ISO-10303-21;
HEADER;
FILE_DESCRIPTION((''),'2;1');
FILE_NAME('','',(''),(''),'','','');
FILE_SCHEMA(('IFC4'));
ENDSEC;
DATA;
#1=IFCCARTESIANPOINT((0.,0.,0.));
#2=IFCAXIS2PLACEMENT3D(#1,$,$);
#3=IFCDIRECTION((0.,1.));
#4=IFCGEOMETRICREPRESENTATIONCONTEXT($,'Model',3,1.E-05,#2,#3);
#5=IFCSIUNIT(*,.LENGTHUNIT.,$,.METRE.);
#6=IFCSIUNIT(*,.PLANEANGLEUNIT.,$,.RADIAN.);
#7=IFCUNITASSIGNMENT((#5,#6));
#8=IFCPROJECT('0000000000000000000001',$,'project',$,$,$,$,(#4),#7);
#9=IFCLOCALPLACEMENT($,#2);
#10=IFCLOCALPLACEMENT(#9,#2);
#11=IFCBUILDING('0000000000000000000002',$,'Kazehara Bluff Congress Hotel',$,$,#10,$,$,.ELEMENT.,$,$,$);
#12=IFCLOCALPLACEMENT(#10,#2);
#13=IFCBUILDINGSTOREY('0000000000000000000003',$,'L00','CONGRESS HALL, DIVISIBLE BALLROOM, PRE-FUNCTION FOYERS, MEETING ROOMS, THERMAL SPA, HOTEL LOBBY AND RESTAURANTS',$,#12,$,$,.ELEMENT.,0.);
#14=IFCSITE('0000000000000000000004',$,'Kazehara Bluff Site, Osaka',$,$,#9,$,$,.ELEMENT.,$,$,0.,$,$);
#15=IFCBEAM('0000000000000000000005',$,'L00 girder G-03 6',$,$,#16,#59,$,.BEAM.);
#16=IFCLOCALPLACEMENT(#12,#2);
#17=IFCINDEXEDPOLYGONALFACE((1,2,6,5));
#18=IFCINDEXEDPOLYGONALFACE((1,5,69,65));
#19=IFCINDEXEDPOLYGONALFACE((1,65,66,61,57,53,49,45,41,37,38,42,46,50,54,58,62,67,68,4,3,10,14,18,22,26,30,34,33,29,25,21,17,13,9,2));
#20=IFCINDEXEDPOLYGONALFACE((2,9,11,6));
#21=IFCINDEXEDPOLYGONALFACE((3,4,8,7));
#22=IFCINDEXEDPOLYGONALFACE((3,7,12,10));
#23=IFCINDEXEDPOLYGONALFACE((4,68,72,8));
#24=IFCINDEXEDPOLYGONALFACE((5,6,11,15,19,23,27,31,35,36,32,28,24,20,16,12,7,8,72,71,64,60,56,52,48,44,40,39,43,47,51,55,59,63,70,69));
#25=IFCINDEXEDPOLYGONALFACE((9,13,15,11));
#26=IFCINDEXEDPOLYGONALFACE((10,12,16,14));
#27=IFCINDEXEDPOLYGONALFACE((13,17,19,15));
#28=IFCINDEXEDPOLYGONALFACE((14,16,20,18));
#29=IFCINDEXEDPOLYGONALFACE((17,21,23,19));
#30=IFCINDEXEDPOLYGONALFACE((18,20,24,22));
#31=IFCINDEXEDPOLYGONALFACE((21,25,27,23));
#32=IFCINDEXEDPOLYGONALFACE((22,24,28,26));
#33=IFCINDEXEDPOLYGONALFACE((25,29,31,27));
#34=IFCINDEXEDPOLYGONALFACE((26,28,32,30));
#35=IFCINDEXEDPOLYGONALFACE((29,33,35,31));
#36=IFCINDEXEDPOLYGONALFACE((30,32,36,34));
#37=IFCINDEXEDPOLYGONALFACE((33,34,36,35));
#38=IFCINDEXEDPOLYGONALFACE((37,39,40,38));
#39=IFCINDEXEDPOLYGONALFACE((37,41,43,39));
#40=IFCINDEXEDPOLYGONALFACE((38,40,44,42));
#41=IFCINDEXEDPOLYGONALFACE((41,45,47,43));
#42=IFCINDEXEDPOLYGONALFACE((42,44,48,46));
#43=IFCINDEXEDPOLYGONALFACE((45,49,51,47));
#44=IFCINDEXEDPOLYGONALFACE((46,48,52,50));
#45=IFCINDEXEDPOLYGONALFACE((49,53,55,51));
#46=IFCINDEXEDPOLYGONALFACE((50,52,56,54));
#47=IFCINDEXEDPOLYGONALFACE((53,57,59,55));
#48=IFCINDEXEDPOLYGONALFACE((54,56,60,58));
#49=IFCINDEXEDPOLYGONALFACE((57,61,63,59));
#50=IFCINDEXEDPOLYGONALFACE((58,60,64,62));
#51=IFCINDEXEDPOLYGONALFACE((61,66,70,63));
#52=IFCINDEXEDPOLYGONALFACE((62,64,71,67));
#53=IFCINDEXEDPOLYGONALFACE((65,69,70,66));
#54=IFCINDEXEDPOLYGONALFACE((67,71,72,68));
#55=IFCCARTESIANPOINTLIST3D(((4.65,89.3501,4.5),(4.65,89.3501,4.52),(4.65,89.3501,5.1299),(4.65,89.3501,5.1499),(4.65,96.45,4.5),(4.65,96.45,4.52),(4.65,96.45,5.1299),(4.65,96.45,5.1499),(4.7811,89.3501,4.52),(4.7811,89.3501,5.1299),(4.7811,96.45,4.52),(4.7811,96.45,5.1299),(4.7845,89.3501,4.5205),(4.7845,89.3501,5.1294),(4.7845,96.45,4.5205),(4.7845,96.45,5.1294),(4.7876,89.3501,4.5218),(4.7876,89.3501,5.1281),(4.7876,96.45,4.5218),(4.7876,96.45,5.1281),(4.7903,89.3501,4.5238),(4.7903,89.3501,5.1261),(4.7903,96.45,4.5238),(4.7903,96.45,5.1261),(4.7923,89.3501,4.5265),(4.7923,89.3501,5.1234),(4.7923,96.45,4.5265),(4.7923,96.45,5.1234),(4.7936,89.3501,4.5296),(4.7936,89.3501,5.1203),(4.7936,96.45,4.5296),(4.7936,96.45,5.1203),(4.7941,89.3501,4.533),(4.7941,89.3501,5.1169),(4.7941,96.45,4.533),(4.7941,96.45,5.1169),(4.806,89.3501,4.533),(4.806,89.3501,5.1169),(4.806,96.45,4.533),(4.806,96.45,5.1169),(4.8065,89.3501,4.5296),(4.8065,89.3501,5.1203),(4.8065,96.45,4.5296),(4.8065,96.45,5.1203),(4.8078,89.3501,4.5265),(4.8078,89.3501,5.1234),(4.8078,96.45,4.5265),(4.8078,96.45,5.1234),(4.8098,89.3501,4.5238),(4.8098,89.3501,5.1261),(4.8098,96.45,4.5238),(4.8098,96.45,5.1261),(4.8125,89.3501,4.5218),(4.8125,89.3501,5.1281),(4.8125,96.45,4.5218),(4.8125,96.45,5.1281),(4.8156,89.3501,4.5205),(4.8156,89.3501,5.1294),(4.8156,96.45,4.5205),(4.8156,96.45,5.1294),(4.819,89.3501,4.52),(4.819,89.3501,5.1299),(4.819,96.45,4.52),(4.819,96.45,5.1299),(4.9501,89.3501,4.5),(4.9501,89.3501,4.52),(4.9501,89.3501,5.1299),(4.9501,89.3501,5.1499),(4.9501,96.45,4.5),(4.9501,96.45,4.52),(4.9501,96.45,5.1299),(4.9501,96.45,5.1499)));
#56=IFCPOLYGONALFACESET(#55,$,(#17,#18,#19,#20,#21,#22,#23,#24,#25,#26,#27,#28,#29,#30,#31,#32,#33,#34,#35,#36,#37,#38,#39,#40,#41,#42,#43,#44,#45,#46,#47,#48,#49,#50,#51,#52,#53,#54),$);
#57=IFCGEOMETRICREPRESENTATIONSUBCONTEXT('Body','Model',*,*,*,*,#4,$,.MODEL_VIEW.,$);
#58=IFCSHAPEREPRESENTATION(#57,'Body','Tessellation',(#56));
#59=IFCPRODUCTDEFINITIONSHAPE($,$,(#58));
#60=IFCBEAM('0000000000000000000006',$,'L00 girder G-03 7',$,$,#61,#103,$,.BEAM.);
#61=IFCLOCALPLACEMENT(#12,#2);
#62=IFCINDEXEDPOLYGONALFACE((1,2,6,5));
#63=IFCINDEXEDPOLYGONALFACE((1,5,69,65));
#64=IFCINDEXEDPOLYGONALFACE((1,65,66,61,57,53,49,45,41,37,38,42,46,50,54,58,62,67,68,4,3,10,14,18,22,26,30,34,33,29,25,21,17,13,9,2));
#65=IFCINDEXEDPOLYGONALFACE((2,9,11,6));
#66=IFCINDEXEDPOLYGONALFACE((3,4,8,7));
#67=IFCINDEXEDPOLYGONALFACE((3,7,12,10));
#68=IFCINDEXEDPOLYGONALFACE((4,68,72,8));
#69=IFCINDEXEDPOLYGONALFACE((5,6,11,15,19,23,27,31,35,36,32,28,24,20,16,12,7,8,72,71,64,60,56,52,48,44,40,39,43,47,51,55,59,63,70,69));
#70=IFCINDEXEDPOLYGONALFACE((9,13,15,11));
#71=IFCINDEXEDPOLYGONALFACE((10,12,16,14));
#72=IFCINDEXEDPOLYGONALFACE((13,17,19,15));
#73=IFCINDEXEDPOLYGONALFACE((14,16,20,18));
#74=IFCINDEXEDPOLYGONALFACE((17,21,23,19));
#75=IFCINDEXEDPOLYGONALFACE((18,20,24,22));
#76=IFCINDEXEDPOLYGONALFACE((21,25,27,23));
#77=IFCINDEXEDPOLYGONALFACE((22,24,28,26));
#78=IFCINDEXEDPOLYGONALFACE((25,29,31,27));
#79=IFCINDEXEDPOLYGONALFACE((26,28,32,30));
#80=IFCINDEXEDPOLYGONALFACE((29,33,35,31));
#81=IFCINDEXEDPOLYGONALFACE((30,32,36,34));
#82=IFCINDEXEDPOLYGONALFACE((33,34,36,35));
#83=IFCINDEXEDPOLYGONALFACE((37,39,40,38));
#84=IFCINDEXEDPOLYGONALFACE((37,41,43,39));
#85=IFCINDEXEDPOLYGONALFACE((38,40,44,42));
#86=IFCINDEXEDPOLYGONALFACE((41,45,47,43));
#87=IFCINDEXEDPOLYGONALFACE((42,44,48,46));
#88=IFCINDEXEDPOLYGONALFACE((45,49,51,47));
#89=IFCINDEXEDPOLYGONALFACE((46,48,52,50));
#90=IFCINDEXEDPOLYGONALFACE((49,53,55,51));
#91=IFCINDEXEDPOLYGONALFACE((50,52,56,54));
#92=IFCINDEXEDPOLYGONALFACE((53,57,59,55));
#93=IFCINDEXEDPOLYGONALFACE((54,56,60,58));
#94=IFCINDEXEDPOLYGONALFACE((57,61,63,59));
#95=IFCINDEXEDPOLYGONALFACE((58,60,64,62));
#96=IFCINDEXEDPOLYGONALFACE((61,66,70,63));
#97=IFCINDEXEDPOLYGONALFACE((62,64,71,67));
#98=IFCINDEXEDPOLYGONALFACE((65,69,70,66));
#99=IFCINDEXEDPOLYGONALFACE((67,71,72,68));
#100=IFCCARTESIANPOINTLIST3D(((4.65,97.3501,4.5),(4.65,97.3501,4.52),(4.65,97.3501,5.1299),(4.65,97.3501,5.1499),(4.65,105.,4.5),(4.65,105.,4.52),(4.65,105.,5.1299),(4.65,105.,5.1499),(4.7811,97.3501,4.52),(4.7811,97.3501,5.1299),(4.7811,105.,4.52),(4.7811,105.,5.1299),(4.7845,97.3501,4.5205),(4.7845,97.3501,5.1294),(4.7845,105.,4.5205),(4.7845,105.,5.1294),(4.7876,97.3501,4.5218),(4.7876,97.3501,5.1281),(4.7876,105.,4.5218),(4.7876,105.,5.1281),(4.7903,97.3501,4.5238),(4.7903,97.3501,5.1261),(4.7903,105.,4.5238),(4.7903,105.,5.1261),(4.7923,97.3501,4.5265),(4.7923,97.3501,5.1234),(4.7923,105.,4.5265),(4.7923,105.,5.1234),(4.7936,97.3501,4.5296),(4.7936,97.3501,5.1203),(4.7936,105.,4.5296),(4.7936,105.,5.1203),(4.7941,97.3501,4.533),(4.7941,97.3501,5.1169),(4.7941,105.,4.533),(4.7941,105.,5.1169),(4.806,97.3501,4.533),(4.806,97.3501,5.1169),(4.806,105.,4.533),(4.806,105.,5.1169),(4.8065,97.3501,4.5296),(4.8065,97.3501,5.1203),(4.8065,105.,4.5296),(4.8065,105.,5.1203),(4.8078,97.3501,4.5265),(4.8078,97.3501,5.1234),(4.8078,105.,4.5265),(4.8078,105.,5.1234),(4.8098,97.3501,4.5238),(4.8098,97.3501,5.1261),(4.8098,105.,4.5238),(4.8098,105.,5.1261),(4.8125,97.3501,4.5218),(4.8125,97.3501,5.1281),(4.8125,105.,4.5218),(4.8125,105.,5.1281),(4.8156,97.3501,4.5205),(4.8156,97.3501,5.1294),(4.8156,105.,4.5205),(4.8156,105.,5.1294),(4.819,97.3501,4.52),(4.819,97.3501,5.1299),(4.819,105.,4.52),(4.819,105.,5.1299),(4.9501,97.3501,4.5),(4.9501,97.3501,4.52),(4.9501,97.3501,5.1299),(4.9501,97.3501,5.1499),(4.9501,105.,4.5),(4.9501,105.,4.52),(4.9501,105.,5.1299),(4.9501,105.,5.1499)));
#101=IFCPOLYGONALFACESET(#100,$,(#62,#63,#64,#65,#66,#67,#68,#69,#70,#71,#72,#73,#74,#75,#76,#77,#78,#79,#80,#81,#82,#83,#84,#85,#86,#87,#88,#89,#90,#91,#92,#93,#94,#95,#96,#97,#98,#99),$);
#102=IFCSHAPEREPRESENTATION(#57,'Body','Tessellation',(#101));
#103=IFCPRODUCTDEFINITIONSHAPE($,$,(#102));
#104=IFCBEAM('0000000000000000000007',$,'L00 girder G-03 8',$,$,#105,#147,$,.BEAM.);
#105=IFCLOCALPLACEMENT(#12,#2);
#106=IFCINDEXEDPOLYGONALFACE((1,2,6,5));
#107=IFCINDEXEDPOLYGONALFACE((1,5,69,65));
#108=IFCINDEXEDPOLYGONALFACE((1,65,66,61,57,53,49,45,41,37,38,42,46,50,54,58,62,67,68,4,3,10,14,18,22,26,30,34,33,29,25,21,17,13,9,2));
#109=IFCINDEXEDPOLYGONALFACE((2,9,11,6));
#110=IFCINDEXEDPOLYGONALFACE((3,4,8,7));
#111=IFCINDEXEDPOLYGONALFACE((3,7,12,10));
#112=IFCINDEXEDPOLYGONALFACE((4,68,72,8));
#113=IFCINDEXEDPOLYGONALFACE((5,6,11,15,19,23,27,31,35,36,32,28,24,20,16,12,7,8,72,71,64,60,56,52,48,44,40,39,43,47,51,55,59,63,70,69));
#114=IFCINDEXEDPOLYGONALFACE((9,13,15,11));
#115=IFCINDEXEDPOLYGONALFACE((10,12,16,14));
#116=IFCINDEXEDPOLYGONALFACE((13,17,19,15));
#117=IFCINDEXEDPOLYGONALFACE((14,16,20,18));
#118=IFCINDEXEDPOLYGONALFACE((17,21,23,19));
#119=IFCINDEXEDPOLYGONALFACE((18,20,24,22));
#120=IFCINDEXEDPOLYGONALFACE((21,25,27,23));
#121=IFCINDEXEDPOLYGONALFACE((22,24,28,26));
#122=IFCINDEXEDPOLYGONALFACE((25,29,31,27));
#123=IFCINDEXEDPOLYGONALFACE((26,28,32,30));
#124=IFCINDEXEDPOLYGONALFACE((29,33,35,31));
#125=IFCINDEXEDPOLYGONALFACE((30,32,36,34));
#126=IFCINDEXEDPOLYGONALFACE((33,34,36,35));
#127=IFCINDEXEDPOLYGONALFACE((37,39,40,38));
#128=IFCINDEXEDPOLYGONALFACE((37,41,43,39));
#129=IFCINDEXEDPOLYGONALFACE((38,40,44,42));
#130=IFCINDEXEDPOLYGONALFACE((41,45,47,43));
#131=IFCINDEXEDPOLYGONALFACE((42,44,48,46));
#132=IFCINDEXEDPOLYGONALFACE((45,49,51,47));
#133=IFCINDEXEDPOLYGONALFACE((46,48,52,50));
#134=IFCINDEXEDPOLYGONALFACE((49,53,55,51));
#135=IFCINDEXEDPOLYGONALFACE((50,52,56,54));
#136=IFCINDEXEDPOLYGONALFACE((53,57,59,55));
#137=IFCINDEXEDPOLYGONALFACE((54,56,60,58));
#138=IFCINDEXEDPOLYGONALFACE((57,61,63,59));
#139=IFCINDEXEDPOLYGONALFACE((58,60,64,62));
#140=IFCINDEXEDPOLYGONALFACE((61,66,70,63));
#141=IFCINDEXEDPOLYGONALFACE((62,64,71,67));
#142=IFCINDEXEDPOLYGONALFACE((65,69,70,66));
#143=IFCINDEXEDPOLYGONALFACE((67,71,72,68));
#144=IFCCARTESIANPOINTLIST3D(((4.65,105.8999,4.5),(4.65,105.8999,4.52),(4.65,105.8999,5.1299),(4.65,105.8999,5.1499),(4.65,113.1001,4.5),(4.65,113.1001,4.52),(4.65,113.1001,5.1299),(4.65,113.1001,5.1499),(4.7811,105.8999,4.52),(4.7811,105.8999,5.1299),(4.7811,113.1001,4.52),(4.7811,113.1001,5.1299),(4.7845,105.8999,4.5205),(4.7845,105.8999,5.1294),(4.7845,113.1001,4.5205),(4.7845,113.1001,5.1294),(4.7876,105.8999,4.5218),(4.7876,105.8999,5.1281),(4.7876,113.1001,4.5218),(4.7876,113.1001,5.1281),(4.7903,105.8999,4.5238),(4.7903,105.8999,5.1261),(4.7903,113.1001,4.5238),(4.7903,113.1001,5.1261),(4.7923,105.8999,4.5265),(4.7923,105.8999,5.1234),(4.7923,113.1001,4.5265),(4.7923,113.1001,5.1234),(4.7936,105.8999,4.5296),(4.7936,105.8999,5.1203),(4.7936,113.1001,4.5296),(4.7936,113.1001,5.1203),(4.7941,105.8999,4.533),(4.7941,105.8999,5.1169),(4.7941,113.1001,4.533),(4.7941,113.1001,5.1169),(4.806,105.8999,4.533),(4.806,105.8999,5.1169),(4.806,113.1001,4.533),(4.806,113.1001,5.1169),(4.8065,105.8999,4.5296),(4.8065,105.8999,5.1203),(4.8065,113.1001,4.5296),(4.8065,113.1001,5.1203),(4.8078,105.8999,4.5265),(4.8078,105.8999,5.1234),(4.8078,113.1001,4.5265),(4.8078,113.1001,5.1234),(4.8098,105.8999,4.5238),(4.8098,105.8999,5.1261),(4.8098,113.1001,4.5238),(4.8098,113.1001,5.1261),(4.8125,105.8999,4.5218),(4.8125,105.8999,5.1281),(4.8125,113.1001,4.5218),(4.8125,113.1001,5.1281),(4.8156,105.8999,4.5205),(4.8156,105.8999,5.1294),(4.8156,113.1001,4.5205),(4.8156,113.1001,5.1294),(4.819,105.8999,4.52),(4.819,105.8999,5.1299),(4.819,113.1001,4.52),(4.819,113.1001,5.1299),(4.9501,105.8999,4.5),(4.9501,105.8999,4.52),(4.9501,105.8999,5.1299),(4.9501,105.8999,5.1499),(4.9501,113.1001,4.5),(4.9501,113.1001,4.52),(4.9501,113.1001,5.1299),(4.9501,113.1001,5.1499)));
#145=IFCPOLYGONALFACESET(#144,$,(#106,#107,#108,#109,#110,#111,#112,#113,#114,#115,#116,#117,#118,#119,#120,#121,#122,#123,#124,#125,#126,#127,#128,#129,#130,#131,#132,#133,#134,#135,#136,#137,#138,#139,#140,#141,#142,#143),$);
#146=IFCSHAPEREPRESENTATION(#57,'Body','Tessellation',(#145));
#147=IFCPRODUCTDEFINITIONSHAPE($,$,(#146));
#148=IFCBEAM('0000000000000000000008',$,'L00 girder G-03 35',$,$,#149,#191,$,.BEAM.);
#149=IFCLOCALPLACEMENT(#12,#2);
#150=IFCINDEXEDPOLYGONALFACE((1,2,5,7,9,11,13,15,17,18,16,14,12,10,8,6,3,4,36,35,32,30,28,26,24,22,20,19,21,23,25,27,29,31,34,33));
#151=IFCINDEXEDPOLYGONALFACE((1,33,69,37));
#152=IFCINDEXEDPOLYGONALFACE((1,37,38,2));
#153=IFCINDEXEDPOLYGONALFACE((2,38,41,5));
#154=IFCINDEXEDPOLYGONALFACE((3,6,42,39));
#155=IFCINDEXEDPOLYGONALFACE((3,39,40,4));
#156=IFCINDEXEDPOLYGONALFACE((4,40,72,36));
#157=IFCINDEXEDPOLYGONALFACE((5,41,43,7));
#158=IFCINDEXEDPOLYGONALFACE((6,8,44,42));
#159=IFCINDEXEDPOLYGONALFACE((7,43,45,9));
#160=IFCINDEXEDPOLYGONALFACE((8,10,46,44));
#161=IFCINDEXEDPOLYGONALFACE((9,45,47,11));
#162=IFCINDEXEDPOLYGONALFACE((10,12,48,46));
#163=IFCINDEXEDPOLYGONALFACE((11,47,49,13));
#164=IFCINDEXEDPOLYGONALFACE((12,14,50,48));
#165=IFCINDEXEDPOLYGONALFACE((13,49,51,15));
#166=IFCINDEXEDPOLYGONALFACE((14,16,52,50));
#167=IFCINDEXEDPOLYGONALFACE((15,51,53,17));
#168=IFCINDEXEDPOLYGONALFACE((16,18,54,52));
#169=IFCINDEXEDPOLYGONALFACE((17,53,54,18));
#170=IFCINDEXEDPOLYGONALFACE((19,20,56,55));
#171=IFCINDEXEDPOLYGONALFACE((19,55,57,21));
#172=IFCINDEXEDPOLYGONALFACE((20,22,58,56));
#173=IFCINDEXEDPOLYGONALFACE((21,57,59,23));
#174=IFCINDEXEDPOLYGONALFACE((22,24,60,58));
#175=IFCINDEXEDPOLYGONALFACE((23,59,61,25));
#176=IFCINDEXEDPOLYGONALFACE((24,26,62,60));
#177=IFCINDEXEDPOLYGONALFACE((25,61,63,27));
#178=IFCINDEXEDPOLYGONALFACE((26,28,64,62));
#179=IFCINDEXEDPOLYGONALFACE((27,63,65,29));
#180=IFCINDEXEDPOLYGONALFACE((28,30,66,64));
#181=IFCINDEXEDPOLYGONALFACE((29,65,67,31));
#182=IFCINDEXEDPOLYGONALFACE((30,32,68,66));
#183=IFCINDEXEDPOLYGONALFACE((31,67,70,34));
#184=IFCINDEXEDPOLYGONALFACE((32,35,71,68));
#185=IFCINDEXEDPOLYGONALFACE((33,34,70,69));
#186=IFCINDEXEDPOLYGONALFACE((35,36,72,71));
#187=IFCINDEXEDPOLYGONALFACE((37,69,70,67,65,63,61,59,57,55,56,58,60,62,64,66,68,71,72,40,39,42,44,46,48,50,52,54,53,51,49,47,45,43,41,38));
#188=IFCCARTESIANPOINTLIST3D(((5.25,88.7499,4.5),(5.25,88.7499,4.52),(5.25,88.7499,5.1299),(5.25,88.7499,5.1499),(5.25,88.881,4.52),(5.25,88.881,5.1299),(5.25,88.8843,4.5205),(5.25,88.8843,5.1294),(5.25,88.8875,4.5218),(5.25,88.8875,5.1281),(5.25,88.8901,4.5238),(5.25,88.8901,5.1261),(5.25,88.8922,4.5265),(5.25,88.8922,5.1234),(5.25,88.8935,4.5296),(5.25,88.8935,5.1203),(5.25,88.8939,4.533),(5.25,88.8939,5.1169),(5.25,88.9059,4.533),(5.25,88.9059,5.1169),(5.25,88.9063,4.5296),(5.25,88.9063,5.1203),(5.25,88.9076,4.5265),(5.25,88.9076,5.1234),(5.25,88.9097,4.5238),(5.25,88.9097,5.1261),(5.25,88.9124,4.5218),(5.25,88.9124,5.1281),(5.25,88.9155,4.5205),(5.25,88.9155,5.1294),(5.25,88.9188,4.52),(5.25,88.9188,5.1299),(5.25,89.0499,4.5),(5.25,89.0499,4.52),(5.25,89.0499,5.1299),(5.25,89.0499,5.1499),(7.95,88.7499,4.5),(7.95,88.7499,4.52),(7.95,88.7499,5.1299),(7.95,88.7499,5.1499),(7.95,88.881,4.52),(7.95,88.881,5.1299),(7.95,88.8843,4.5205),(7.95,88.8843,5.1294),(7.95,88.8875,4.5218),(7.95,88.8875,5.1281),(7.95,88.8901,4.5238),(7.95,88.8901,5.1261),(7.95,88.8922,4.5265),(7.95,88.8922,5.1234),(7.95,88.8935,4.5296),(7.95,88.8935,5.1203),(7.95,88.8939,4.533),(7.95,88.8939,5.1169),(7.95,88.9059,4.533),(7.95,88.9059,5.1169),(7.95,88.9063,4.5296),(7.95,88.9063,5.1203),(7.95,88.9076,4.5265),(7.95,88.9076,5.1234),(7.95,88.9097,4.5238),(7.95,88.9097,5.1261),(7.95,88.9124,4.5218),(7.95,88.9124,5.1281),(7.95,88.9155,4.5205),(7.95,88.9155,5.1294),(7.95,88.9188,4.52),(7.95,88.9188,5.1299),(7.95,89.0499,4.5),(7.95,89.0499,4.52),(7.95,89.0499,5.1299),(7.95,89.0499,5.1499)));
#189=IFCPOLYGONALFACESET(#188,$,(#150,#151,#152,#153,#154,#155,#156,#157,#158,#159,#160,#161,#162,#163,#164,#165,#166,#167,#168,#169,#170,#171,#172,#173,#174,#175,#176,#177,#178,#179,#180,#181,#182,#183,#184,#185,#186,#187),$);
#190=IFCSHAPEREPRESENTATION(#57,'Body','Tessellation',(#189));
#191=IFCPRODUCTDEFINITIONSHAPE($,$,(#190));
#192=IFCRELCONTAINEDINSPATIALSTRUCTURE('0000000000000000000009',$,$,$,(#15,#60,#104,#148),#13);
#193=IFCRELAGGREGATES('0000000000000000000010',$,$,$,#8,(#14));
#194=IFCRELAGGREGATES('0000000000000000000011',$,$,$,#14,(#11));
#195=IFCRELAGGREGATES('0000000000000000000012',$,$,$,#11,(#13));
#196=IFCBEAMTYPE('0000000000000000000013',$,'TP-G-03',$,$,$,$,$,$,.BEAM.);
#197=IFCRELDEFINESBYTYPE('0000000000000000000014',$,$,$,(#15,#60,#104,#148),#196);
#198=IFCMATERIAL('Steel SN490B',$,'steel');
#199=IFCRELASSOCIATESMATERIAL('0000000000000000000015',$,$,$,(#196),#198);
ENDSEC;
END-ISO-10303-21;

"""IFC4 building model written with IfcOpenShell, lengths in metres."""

from ifc_helpers import new_model, si_unit, direction, frame, origin, origin_2d, place, context, subcontext, project, spatial, i_section, extrude, material, material_profile, profile_set, type_object, element, save


model = new_model("IFC4")

# Units and contexts
model_context = context("Model", 3, precision=1e-05, world=origin(), true_north=direction((0.0, 1.0)))
body_context = subcontext(model_context, "Body", "Model", "MODEL_VIEW")
ifc_project = project(units=[si_unit("LENGTHUNIT", "METRE"), si_unit("PLANEANGLEUNIT", "RADIAN")], contexts=[model_context])

# Site, building, storey
site_placement = place(None, origin())
site = spatial("IfcSite", under=ifc_project, at=site_placement, Name="Kazehara Bluff Site, Osaka", CompositionType="ELEMENT", RefElevation=0.0)
building_placement = place(site_placement, origin())
building = spatial("IfcBuilding", under=site, at=building_placement, Name="Kazehara Bluff Congress Hotel", CompositionType="ELEMENT")
storey_placement = place(building_placement, origin())
storey = spatial("IfcBuildingStorey", under=building, at=storey_placement, Name="L00", Description="CONGRESS HALL, DIVISIBLE BALLROOM, PRE-FUNCTION FOYERS, MEETING ROOMS, THERMAL SPA, HOTEL LOBBY AND RESTAURANTS", CompositionType="ELEMENT", Elevation=0.0)

# Beams
ifc_material_1 = material(Name="Steel SN490B", Category="steel")
ifc_material_profile_1 = material_profile(ifc_material_1, i_section(OverallWidth=0.3, OverallDepth=0.6499, WebThickness=0.012, FlangeThickness=0.02, FilletRadius=0.0129, at=origin_2d()))
ifc_profile_set_1 = profile_set([ifc_material_profile_1], Name="Steel SN490B")
beam_type_1 = type_object("IfcBeamType", Name="TP-G-03", PredefinedType="BEAM", material=ifc_profile_set_1)
beam_1_placement = place(storey_placement, frame((4.8, 89.3501, 4.825), z_axis=(0.0, 1.0, 0.0), x_axis=(-1.0, 0.0, 0.0)))
element("IfcBeam", 1, at=beam_1_placement, inside=storey, type_object=beam_type_1, Name="L00 girder G-03 6", PredefinedType="BEAM", context=body_context, shape_type="SweptSolid", body=[
    extrude(i_section(OverallWidth=0.3, OverallDepth=0.6499, WebThickness=0.012, FlangeThickness=0.02, FilletRadius=0.0129, at=origin_2d()), origin(), (0.0, 0.0, 1.0), 7.0999),
])
beam_2_placement = place(storey_placement, frame((4.8, 97.3501, 4.825), z_axis=(0.0, 1.0, 0.0), x_axis=(-1.0, 0.0, 0.0)))
element("IfcBeam", 2, at=beam_2_placement, inside=storey, type_object=beam_type_1, Name="L00 girder G-03 7", PredefinedType="BEAM", context=body_context, shape_type="SweptSolid", body=[
    extrude(i_section(OverallWidth=0.3, OverallDepth=0.6499, WebThickness=0.012, FlangeThickness=0.02, FilletRadius=0.0129, at=origin_2d()), origin(), (0.0, 0.0, 1.0), 7.6499),
])
beam_3_placement = place(storey_placement, frame((4.8, 105.8999, 4.825), z_axis=(0.0, 1.0, 0.0), x_axis=(-1.0, 0.0, 0.0)))
element("IfcBeam", 3, at=beam_3_placement, inside=storey, type_object=beam_type_1, Name="L00 girder G-03 8", PredefinedType="BEAM", context=body_context, shape_type="SweptSolid", body=[
    extrude(i_section(OverallWidth=0.3, OverallDepth=0.6499, WebThickness=0.012, FlangeThickness=0.02, FilletRadius=0.0129, at=origin_2d()), origin(), (0.0, 0.0, 1.0), 7.2002),
])
for number, where, z_axis, x_axis, name in (
    (4, (5.25, 88.8999, 4.825), (1.0, 0.0, 0.0), (0.0, 1.0, 0.0), "L00 girder G-03 35"),
):
    element("IfcBeam", number, at=place(storey_placement, frame(where, z_axis=z_axis, x_axis=x_axis)), inside=storey, type_object=beam_type_1, Name=name, PredefinedType="BEAM", context=body_context, shape_type="SweptSolid", body=[
        extrude(i_section(OverallWidth=0.3, OverallDepth=0.6499, WebThickness=0.012, FlangeThickness=0.02, FilletRadius=0.0129, at=origin_2d()), origin(), (0.0, 0.0, 1.0), 2.7),
    ])

save(model, "model.ifc")
